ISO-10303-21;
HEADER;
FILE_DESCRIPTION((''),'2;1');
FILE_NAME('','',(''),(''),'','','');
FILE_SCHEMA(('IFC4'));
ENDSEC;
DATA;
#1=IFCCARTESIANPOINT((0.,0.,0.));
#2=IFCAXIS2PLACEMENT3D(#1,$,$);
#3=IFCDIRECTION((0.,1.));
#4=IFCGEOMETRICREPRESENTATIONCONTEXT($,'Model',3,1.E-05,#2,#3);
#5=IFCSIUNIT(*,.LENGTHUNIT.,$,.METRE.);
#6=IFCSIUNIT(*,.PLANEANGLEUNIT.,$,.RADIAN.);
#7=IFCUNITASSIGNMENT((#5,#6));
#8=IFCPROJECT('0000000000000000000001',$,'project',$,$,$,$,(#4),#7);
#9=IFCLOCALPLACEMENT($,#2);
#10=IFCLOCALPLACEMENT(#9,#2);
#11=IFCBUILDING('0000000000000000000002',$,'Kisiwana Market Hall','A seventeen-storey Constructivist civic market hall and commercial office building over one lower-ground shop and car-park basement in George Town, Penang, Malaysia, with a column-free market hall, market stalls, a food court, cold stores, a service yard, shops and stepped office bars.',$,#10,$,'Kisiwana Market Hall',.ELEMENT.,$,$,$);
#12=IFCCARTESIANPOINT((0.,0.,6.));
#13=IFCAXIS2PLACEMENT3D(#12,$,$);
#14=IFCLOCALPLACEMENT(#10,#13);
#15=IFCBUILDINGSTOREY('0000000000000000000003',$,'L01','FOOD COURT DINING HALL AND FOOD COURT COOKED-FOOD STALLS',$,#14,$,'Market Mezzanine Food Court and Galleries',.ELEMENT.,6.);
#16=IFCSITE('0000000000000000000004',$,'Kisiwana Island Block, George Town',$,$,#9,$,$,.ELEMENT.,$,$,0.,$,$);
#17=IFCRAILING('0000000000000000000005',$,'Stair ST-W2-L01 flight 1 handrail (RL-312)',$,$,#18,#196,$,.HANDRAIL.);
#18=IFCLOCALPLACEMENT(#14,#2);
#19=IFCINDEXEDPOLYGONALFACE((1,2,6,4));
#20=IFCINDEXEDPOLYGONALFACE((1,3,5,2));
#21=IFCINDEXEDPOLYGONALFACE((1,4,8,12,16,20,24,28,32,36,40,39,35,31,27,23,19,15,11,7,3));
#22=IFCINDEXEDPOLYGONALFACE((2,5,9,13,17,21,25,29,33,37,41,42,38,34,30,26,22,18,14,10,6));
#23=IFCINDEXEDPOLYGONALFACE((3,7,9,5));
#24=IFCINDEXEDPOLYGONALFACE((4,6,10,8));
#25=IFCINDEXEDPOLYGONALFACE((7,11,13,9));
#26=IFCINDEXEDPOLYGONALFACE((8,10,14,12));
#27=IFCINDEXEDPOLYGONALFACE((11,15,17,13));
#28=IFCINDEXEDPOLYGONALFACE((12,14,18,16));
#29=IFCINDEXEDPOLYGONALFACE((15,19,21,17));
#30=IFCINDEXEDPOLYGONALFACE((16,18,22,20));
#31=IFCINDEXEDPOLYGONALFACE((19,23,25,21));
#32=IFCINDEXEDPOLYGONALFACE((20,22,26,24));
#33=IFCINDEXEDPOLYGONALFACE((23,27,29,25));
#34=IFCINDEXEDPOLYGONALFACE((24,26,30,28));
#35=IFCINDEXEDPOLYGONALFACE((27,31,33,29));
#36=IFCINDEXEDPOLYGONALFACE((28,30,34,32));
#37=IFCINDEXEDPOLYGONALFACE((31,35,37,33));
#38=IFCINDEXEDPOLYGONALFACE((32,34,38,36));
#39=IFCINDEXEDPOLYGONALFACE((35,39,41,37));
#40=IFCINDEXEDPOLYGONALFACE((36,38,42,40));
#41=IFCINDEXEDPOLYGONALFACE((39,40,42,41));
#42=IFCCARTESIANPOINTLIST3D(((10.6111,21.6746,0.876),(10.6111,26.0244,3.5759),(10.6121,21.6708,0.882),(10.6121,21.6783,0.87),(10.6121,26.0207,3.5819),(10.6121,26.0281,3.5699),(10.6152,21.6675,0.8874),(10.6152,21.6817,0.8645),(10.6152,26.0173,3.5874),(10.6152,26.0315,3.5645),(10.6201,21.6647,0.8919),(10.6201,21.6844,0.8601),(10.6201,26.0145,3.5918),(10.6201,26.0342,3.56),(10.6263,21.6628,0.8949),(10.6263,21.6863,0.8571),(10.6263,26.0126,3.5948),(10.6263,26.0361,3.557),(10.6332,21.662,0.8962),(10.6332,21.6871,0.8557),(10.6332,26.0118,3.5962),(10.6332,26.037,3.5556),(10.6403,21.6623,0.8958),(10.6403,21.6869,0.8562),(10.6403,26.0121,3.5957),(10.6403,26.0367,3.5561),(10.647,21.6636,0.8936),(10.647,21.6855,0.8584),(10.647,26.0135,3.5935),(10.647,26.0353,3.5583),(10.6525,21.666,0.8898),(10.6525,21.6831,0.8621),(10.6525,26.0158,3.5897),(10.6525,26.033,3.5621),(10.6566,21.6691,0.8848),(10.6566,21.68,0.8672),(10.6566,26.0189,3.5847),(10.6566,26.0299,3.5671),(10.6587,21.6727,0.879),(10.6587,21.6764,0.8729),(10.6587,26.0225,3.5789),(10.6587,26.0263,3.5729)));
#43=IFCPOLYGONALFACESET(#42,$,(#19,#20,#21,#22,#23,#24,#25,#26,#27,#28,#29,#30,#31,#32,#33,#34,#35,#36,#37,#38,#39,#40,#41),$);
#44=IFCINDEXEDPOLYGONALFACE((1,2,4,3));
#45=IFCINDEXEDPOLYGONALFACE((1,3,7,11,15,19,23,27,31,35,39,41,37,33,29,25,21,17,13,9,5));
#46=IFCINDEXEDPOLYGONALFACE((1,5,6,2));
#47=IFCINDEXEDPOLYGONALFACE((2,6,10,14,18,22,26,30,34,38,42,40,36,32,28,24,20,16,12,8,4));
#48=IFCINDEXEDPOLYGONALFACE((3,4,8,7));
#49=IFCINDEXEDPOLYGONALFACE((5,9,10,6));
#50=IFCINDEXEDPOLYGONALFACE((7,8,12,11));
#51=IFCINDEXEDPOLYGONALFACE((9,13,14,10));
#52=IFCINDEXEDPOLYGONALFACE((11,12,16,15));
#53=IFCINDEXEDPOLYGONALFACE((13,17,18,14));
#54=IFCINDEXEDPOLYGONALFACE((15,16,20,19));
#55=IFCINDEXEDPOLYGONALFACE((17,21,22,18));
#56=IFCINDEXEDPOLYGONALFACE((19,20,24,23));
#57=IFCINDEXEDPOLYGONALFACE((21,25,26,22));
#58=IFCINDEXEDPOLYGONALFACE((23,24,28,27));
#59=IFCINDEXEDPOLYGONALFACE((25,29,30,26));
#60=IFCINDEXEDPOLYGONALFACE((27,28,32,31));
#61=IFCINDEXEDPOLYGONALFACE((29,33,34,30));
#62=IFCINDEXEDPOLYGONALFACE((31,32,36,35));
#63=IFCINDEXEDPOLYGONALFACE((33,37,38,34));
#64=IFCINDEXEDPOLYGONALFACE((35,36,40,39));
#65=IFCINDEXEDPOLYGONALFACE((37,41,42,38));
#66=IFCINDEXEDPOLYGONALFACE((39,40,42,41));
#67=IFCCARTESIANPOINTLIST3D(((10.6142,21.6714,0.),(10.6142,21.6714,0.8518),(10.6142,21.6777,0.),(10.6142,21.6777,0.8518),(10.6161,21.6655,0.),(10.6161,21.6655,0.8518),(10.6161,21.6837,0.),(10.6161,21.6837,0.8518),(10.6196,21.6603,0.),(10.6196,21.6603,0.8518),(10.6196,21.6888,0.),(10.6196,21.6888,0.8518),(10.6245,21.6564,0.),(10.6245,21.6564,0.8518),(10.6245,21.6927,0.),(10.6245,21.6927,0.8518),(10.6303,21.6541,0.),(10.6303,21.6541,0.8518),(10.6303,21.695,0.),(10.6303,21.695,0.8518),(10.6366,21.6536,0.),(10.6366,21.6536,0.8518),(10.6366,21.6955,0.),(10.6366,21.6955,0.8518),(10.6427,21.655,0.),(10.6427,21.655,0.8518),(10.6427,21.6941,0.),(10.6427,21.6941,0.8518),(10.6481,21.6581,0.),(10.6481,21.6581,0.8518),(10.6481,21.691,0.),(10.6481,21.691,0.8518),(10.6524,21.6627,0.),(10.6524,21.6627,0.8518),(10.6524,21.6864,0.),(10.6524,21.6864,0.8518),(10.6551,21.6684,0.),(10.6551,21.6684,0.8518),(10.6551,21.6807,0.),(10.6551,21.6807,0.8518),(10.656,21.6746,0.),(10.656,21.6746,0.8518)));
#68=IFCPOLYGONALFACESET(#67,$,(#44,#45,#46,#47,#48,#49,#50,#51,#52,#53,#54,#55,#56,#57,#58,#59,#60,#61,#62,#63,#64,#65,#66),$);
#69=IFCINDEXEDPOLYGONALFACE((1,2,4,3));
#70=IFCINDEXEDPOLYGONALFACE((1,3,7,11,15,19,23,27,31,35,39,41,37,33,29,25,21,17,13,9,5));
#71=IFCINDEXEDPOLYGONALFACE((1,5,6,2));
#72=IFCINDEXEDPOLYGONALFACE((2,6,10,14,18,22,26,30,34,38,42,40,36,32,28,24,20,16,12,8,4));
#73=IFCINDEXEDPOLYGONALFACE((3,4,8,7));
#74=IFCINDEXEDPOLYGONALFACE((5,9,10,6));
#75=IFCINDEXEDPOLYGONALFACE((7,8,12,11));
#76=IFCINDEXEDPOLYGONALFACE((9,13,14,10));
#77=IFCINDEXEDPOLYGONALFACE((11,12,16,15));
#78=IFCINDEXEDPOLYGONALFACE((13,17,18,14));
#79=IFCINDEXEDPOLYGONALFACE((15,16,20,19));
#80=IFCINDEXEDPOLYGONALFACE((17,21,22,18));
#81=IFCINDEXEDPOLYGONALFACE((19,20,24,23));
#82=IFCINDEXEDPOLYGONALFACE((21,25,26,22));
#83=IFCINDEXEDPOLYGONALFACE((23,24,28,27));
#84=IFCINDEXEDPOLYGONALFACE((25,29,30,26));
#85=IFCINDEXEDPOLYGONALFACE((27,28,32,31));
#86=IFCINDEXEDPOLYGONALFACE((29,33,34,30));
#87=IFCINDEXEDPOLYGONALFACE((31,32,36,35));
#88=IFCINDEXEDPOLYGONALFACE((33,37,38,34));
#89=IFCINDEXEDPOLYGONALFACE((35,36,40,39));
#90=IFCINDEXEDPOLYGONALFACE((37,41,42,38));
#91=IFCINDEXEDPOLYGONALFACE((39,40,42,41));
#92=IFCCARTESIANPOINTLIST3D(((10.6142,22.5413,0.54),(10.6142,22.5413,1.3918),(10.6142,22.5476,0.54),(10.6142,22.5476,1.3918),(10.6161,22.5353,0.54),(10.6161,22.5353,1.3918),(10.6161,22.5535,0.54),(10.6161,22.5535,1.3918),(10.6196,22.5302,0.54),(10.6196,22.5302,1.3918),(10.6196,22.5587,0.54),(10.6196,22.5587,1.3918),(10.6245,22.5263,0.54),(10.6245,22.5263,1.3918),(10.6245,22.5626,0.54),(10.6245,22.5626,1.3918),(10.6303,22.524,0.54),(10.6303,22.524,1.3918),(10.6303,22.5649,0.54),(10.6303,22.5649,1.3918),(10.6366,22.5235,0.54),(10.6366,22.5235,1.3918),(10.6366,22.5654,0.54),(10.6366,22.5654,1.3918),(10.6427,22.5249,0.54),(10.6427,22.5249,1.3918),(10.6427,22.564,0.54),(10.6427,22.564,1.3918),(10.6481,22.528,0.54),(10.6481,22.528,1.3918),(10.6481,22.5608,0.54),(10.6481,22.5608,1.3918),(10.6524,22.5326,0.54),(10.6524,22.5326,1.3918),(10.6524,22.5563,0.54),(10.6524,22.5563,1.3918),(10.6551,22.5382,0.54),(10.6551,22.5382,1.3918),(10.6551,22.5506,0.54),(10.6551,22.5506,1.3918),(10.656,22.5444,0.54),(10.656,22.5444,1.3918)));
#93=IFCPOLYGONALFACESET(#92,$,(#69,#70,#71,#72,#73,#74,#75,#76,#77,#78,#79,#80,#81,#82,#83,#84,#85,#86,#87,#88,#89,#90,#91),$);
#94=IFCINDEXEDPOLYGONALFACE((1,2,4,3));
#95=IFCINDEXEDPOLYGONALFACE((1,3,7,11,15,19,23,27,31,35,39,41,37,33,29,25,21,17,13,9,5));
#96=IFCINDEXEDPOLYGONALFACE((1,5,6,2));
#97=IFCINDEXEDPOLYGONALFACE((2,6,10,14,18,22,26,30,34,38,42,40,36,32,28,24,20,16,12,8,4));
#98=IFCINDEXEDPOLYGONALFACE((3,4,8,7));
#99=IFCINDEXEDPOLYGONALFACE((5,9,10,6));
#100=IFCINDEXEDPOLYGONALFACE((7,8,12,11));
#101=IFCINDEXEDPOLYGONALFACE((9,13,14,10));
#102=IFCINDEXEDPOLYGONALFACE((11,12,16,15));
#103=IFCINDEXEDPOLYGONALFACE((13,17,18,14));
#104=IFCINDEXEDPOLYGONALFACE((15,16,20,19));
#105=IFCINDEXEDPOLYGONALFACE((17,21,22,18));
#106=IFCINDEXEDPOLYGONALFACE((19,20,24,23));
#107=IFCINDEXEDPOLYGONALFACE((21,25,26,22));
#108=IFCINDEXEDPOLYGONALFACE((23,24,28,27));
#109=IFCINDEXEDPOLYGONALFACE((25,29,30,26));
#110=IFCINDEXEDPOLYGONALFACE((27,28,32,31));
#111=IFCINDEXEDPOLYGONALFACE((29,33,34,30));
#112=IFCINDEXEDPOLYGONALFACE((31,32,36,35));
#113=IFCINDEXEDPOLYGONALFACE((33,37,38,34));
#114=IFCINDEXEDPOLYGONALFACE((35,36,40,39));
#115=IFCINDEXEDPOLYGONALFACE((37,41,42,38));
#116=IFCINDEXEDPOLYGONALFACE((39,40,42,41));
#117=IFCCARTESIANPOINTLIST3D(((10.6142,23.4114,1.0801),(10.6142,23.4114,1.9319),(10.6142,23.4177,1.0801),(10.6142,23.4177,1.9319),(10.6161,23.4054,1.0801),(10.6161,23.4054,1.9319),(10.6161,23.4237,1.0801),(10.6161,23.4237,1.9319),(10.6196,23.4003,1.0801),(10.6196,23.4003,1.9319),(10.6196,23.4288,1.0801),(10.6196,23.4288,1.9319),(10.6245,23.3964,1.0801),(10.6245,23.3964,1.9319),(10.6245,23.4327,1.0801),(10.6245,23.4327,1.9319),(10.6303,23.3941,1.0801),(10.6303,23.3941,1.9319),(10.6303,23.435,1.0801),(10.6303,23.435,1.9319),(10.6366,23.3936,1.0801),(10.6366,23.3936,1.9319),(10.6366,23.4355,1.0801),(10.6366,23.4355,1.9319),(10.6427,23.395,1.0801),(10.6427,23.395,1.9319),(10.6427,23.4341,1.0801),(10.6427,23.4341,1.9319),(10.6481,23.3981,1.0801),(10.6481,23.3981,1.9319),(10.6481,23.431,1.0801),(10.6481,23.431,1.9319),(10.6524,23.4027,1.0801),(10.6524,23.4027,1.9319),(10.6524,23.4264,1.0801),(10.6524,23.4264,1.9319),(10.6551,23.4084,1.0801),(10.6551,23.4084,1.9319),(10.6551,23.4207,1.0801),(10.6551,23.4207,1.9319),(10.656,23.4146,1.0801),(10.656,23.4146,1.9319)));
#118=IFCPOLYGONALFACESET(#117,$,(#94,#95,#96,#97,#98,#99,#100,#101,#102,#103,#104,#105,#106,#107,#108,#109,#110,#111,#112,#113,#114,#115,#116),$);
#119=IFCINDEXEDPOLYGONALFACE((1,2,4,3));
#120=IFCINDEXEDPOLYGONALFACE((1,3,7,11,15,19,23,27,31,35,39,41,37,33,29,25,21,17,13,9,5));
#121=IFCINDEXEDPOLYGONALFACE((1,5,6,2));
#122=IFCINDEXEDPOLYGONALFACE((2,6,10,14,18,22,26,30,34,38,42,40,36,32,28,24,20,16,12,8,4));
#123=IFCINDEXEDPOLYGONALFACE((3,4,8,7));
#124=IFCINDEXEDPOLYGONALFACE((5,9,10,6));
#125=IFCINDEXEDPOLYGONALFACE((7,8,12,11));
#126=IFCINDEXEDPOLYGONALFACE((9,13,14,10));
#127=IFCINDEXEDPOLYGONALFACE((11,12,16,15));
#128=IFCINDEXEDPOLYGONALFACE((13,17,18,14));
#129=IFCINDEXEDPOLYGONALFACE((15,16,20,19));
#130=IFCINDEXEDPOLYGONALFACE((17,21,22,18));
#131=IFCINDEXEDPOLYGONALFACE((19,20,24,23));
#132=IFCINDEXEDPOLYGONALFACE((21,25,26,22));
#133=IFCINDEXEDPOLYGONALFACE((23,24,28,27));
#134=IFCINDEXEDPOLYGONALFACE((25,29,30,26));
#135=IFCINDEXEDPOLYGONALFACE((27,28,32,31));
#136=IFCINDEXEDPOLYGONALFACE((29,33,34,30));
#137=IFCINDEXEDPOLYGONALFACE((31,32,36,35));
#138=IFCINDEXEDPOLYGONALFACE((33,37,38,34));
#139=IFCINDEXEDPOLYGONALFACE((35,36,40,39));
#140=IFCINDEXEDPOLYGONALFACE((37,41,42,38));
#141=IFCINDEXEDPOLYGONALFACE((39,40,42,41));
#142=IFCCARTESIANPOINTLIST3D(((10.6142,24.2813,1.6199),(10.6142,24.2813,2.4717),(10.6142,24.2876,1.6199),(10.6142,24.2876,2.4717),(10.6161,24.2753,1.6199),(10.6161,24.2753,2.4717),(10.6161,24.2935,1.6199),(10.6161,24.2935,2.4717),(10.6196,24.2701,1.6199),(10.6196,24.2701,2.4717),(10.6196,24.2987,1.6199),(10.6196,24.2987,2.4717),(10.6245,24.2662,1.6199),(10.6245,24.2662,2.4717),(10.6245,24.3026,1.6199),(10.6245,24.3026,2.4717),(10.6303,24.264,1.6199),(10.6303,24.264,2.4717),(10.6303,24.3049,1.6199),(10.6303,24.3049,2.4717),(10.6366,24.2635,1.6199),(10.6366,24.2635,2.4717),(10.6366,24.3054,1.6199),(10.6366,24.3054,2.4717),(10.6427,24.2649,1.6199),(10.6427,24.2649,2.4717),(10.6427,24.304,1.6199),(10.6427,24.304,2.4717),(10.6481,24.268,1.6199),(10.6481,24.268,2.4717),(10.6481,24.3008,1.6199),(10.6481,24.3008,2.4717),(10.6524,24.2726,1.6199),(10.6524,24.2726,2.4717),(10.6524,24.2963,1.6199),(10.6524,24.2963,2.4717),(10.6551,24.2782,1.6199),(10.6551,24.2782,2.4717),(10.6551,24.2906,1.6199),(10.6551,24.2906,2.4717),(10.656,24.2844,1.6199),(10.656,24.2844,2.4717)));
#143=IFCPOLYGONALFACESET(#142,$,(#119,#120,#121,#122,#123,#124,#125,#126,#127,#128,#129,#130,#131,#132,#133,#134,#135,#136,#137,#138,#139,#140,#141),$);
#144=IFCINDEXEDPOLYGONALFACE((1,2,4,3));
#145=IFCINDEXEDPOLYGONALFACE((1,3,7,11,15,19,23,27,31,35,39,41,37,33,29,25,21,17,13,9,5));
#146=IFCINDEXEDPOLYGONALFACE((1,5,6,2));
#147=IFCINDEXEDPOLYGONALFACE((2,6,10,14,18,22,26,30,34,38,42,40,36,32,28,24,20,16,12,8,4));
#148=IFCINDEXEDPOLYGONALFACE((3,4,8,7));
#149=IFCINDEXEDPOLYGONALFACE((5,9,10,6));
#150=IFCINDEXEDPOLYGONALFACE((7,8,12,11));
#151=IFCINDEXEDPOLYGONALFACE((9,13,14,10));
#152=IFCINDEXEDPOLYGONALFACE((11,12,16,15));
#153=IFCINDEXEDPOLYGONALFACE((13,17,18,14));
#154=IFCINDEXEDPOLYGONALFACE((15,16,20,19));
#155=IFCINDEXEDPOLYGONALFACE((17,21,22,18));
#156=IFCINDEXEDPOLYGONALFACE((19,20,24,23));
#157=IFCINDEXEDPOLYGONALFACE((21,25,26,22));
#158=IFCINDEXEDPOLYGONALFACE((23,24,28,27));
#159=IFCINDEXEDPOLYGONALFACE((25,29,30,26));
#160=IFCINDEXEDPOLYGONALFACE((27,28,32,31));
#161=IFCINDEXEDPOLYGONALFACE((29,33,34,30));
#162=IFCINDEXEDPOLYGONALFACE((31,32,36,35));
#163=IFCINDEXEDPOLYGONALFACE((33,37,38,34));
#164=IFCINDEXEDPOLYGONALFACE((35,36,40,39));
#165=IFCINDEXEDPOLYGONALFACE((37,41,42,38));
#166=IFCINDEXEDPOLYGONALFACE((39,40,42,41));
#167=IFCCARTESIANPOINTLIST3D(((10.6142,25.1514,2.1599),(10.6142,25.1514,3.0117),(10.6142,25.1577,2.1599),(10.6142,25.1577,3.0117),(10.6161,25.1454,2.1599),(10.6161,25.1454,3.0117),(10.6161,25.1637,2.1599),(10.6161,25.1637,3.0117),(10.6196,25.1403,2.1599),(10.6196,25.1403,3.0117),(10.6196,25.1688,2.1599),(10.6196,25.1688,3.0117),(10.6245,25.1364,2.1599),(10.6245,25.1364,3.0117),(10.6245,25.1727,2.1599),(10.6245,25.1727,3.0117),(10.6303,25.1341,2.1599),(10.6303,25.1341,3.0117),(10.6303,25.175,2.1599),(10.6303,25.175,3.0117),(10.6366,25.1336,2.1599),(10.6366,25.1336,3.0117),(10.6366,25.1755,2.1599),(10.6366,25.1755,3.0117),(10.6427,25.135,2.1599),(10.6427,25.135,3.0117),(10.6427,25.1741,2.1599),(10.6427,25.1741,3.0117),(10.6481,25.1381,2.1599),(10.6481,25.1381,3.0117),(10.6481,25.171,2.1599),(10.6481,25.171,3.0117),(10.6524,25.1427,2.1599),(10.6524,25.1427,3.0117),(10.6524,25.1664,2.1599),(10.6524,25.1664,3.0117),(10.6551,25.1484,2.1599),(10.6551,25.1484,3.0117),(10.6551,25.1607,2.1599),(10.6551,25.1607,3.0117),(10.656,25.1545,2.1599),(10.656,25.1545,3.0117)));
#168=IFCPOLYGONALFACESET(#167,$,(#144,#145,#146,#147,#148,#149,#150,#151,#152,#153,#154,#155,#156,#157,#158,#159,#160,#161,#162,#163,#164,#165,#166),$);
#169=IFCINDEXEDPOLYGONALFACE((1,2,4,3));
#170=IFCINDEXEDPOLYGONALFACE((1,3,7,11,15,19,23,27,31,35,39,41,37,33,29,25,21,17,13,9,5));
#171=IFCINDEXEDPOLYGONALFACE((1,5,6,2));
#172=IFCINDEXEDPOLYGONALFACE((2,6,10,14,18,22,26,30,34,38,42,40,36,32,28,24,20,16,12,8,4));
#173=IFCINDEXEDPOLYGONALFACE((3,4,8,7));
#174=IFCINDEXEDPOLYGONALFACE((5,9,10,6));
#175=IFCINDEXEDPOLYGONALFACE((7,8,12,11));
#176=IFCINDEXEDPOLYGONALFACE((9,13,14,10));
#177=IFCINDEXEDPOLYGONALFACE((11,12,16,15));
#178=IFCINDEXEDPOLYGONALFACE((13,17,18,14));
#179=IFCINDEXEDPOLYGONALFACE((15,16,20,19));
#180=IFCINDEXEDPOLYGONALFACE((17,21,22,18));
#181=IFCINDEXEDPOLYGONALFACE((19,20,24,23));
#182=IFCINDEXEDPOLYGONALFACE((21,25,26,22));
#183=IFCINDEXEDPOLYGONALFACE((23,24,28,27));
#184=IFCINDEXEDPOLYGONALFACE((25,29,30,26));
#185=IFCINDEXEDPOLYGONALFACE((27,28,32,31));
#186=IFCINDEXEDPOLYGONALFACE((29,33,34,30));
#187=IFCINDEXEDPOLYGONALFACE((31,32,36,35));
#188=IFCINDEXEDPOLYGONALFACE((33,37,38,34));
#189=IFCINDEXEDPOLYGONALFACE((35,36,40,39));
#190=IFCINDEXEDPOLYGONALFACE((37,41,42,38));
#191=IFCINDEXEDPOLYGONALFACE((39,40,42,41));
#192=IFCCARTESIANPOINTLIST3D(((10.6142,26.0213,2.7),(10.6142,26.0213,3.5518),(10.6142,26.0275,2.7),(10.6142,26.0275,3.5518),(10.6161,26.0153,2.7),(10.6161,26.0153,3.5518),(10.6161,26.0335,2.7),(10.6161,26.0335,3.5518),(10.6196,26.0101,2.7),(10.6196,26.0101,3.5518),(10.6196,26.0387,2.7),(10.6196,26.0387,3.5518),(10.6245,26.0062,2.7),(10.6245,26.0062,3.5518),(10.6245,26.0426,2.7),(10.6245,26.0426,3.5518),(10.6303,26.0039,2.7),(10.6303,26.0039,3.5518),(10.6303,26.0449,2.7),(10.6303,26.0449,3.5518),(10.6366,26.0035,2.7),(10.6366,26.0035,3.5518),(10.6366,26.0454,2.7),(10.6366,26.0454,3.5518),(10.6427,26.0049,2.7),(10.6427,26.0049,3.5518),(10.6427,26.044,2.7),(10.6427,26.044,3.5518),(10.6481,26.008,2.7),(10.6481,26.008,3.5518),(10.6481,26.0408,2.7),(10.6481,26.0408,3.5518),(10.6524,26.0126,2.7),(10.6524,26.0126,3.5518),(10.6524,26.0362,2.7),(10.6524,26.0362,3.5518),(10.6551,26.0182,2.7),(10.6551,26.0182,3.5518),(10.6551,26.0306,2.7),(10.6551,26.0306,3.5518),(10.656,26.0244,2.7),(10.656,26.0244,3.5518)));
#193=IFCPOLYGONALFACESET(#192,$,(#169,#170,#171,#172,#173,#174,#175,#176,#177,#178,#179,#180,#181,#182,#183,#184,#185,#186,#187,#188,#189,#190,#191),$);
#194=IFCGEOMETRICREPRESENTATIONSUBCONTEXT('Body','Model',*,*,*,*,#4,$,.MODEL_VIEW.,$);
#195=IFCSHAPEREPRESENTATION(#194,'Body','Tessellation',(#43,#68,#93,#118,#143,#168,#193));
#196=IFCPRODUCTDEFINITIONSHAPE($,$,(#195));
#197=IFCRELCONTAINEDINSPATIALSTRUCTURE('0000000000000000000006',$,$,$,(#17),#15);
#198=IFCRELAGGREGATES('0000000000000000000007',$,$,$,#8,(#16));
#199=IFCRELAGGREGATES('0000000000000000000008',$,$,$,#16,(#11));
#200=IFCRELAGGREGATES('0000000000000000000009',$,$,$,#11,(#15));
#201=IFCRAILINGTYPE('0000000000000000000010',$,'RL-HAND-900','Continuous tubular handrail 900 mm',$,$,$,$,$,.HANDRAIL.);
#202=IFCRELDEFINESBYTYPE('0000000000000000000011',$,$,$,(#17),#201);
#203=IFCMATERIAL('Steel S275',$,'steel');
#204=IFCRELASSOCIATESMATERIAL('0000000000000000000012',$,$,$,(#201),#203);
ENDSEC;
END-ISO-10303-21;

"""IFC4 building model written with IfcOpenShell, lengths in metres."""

from ifc_helpers import new_model, si_unit, direction, frame, origin, origin_2d, place, context, subcontext, project, spatial, circle, extrude, material, type_object, element, save


model = new_model("IFC4")

# Units and contexts
model_context = context("Model", 3, precision=1e-05, world=origin(), true_north=direction((0.0, 1.0)))
body_context = subcontext(model_context, "Body", "Model", "MODEL_VIEW")
ifc_project = project(units=[si_unit("LENGTHUNIT", "METRE"), si_unit("PLANEANGLEUNIT", "RADIAN")], contexts=[model_context])

# Site, building, storey
site_placement = place(None, origin())
site = spatial("IfcSite", under=ifc_project, at=site_placement, Name="Kisiwana Island Block, George Town", CompositionType="ELEMENT", RefElevation=0.0)
building_placement = place(site_placement, origin())
building = spatial("IfcBuilding", under=site, at=building_placement, Name="Kisiwana Market Hall", Description="A seventeen-storey Constructivist civic market hall and commercial office building over one lower-ground shop and car-park basement in George Town, Penang, Malaysia, with a column-free market hall, market stalls, a food court, cold stores, a service yard, shops and stepped office bars.", LongName="Kisiwana Market Hall", CompositionType="ELEMENT")
storey_placement = place(building_placement, frame((0.0, 0.0, 6.0)))
storey = spatial("IfcBuildingStorey", under=building, at=storey_placement, Name="L01", Description="FOOD COURT DINING HALL AND FOOD COURT COOKED-FOOD STALLS", LongName="Market Mezzanine Food Court and Galleries", CompositionType="ELEMENT", Elevation=6.0)

# Railing
ifc_material_1 = material(Name="Steel S275", Category="steel")
railing_type_1 = type_object("IfcRailingType", Name="RL-HAND-900", Description="Continuous tubular handrail 900 mm", PredefinedType="HANDRAIL", material=ifc_material_1)
railing_1_placement = place(storey_placement, frame((10.635, 21.6746, 0.0)))
element("IfcRailing", 1, at=railing_1_placement, inside=storey, type_object=railing_type_1, Name="Stair ST-W2-L01 flight 1 handrail (RL-312)", PredefinedType="HANDRAIL", context=body_context, shape_type="SweptSolid", body=[
    extrude(circle(Radius=0.0239, at=origin_2d()), frame((0.0, 0.0, 0.876), z_axis=(0.0, 0.849636, 0.527369), x_axis=(-1.0, 0.0, 0.0)), (0.0, 0.0, 1.0), 5.1196),
    extrude(circle(Radius=0.021, at=origin_2d()), origin(), (0.0, 0.0, 1.0), 0.8518),
    extrude(circle(Radius=0.021, at=origin_2d()), frame((0.0, 0.8699, 0.54)), (0.0, 0.0, 1.0), 0.8518),
    extrude(circle(Radius=0.021, at=origin_2d()), frame((0.0, 1.74, 1.0801)), (0.0, 0.0, 1.0), 0.8518),
    extrude(circle(Radius=0.021, at=origin_2d()), frame((0.0, 2.6099, 1.6199)), (0.0, 0.0, 1.0), 0.8518),
    extrude(circle(Radius=0.021, at=origin_2d()), frame((0.0, 3.48, 2.1599)), (0.0, 0.0, 1.0), 0.8518),
    extrude(circle(Radius=0.021, at=origin_2d()), frame((0.0, 4.3499, 2.7)), (0.0, 0.0, 1.0), 0.8518),
])

save(model, "model.ifc")
